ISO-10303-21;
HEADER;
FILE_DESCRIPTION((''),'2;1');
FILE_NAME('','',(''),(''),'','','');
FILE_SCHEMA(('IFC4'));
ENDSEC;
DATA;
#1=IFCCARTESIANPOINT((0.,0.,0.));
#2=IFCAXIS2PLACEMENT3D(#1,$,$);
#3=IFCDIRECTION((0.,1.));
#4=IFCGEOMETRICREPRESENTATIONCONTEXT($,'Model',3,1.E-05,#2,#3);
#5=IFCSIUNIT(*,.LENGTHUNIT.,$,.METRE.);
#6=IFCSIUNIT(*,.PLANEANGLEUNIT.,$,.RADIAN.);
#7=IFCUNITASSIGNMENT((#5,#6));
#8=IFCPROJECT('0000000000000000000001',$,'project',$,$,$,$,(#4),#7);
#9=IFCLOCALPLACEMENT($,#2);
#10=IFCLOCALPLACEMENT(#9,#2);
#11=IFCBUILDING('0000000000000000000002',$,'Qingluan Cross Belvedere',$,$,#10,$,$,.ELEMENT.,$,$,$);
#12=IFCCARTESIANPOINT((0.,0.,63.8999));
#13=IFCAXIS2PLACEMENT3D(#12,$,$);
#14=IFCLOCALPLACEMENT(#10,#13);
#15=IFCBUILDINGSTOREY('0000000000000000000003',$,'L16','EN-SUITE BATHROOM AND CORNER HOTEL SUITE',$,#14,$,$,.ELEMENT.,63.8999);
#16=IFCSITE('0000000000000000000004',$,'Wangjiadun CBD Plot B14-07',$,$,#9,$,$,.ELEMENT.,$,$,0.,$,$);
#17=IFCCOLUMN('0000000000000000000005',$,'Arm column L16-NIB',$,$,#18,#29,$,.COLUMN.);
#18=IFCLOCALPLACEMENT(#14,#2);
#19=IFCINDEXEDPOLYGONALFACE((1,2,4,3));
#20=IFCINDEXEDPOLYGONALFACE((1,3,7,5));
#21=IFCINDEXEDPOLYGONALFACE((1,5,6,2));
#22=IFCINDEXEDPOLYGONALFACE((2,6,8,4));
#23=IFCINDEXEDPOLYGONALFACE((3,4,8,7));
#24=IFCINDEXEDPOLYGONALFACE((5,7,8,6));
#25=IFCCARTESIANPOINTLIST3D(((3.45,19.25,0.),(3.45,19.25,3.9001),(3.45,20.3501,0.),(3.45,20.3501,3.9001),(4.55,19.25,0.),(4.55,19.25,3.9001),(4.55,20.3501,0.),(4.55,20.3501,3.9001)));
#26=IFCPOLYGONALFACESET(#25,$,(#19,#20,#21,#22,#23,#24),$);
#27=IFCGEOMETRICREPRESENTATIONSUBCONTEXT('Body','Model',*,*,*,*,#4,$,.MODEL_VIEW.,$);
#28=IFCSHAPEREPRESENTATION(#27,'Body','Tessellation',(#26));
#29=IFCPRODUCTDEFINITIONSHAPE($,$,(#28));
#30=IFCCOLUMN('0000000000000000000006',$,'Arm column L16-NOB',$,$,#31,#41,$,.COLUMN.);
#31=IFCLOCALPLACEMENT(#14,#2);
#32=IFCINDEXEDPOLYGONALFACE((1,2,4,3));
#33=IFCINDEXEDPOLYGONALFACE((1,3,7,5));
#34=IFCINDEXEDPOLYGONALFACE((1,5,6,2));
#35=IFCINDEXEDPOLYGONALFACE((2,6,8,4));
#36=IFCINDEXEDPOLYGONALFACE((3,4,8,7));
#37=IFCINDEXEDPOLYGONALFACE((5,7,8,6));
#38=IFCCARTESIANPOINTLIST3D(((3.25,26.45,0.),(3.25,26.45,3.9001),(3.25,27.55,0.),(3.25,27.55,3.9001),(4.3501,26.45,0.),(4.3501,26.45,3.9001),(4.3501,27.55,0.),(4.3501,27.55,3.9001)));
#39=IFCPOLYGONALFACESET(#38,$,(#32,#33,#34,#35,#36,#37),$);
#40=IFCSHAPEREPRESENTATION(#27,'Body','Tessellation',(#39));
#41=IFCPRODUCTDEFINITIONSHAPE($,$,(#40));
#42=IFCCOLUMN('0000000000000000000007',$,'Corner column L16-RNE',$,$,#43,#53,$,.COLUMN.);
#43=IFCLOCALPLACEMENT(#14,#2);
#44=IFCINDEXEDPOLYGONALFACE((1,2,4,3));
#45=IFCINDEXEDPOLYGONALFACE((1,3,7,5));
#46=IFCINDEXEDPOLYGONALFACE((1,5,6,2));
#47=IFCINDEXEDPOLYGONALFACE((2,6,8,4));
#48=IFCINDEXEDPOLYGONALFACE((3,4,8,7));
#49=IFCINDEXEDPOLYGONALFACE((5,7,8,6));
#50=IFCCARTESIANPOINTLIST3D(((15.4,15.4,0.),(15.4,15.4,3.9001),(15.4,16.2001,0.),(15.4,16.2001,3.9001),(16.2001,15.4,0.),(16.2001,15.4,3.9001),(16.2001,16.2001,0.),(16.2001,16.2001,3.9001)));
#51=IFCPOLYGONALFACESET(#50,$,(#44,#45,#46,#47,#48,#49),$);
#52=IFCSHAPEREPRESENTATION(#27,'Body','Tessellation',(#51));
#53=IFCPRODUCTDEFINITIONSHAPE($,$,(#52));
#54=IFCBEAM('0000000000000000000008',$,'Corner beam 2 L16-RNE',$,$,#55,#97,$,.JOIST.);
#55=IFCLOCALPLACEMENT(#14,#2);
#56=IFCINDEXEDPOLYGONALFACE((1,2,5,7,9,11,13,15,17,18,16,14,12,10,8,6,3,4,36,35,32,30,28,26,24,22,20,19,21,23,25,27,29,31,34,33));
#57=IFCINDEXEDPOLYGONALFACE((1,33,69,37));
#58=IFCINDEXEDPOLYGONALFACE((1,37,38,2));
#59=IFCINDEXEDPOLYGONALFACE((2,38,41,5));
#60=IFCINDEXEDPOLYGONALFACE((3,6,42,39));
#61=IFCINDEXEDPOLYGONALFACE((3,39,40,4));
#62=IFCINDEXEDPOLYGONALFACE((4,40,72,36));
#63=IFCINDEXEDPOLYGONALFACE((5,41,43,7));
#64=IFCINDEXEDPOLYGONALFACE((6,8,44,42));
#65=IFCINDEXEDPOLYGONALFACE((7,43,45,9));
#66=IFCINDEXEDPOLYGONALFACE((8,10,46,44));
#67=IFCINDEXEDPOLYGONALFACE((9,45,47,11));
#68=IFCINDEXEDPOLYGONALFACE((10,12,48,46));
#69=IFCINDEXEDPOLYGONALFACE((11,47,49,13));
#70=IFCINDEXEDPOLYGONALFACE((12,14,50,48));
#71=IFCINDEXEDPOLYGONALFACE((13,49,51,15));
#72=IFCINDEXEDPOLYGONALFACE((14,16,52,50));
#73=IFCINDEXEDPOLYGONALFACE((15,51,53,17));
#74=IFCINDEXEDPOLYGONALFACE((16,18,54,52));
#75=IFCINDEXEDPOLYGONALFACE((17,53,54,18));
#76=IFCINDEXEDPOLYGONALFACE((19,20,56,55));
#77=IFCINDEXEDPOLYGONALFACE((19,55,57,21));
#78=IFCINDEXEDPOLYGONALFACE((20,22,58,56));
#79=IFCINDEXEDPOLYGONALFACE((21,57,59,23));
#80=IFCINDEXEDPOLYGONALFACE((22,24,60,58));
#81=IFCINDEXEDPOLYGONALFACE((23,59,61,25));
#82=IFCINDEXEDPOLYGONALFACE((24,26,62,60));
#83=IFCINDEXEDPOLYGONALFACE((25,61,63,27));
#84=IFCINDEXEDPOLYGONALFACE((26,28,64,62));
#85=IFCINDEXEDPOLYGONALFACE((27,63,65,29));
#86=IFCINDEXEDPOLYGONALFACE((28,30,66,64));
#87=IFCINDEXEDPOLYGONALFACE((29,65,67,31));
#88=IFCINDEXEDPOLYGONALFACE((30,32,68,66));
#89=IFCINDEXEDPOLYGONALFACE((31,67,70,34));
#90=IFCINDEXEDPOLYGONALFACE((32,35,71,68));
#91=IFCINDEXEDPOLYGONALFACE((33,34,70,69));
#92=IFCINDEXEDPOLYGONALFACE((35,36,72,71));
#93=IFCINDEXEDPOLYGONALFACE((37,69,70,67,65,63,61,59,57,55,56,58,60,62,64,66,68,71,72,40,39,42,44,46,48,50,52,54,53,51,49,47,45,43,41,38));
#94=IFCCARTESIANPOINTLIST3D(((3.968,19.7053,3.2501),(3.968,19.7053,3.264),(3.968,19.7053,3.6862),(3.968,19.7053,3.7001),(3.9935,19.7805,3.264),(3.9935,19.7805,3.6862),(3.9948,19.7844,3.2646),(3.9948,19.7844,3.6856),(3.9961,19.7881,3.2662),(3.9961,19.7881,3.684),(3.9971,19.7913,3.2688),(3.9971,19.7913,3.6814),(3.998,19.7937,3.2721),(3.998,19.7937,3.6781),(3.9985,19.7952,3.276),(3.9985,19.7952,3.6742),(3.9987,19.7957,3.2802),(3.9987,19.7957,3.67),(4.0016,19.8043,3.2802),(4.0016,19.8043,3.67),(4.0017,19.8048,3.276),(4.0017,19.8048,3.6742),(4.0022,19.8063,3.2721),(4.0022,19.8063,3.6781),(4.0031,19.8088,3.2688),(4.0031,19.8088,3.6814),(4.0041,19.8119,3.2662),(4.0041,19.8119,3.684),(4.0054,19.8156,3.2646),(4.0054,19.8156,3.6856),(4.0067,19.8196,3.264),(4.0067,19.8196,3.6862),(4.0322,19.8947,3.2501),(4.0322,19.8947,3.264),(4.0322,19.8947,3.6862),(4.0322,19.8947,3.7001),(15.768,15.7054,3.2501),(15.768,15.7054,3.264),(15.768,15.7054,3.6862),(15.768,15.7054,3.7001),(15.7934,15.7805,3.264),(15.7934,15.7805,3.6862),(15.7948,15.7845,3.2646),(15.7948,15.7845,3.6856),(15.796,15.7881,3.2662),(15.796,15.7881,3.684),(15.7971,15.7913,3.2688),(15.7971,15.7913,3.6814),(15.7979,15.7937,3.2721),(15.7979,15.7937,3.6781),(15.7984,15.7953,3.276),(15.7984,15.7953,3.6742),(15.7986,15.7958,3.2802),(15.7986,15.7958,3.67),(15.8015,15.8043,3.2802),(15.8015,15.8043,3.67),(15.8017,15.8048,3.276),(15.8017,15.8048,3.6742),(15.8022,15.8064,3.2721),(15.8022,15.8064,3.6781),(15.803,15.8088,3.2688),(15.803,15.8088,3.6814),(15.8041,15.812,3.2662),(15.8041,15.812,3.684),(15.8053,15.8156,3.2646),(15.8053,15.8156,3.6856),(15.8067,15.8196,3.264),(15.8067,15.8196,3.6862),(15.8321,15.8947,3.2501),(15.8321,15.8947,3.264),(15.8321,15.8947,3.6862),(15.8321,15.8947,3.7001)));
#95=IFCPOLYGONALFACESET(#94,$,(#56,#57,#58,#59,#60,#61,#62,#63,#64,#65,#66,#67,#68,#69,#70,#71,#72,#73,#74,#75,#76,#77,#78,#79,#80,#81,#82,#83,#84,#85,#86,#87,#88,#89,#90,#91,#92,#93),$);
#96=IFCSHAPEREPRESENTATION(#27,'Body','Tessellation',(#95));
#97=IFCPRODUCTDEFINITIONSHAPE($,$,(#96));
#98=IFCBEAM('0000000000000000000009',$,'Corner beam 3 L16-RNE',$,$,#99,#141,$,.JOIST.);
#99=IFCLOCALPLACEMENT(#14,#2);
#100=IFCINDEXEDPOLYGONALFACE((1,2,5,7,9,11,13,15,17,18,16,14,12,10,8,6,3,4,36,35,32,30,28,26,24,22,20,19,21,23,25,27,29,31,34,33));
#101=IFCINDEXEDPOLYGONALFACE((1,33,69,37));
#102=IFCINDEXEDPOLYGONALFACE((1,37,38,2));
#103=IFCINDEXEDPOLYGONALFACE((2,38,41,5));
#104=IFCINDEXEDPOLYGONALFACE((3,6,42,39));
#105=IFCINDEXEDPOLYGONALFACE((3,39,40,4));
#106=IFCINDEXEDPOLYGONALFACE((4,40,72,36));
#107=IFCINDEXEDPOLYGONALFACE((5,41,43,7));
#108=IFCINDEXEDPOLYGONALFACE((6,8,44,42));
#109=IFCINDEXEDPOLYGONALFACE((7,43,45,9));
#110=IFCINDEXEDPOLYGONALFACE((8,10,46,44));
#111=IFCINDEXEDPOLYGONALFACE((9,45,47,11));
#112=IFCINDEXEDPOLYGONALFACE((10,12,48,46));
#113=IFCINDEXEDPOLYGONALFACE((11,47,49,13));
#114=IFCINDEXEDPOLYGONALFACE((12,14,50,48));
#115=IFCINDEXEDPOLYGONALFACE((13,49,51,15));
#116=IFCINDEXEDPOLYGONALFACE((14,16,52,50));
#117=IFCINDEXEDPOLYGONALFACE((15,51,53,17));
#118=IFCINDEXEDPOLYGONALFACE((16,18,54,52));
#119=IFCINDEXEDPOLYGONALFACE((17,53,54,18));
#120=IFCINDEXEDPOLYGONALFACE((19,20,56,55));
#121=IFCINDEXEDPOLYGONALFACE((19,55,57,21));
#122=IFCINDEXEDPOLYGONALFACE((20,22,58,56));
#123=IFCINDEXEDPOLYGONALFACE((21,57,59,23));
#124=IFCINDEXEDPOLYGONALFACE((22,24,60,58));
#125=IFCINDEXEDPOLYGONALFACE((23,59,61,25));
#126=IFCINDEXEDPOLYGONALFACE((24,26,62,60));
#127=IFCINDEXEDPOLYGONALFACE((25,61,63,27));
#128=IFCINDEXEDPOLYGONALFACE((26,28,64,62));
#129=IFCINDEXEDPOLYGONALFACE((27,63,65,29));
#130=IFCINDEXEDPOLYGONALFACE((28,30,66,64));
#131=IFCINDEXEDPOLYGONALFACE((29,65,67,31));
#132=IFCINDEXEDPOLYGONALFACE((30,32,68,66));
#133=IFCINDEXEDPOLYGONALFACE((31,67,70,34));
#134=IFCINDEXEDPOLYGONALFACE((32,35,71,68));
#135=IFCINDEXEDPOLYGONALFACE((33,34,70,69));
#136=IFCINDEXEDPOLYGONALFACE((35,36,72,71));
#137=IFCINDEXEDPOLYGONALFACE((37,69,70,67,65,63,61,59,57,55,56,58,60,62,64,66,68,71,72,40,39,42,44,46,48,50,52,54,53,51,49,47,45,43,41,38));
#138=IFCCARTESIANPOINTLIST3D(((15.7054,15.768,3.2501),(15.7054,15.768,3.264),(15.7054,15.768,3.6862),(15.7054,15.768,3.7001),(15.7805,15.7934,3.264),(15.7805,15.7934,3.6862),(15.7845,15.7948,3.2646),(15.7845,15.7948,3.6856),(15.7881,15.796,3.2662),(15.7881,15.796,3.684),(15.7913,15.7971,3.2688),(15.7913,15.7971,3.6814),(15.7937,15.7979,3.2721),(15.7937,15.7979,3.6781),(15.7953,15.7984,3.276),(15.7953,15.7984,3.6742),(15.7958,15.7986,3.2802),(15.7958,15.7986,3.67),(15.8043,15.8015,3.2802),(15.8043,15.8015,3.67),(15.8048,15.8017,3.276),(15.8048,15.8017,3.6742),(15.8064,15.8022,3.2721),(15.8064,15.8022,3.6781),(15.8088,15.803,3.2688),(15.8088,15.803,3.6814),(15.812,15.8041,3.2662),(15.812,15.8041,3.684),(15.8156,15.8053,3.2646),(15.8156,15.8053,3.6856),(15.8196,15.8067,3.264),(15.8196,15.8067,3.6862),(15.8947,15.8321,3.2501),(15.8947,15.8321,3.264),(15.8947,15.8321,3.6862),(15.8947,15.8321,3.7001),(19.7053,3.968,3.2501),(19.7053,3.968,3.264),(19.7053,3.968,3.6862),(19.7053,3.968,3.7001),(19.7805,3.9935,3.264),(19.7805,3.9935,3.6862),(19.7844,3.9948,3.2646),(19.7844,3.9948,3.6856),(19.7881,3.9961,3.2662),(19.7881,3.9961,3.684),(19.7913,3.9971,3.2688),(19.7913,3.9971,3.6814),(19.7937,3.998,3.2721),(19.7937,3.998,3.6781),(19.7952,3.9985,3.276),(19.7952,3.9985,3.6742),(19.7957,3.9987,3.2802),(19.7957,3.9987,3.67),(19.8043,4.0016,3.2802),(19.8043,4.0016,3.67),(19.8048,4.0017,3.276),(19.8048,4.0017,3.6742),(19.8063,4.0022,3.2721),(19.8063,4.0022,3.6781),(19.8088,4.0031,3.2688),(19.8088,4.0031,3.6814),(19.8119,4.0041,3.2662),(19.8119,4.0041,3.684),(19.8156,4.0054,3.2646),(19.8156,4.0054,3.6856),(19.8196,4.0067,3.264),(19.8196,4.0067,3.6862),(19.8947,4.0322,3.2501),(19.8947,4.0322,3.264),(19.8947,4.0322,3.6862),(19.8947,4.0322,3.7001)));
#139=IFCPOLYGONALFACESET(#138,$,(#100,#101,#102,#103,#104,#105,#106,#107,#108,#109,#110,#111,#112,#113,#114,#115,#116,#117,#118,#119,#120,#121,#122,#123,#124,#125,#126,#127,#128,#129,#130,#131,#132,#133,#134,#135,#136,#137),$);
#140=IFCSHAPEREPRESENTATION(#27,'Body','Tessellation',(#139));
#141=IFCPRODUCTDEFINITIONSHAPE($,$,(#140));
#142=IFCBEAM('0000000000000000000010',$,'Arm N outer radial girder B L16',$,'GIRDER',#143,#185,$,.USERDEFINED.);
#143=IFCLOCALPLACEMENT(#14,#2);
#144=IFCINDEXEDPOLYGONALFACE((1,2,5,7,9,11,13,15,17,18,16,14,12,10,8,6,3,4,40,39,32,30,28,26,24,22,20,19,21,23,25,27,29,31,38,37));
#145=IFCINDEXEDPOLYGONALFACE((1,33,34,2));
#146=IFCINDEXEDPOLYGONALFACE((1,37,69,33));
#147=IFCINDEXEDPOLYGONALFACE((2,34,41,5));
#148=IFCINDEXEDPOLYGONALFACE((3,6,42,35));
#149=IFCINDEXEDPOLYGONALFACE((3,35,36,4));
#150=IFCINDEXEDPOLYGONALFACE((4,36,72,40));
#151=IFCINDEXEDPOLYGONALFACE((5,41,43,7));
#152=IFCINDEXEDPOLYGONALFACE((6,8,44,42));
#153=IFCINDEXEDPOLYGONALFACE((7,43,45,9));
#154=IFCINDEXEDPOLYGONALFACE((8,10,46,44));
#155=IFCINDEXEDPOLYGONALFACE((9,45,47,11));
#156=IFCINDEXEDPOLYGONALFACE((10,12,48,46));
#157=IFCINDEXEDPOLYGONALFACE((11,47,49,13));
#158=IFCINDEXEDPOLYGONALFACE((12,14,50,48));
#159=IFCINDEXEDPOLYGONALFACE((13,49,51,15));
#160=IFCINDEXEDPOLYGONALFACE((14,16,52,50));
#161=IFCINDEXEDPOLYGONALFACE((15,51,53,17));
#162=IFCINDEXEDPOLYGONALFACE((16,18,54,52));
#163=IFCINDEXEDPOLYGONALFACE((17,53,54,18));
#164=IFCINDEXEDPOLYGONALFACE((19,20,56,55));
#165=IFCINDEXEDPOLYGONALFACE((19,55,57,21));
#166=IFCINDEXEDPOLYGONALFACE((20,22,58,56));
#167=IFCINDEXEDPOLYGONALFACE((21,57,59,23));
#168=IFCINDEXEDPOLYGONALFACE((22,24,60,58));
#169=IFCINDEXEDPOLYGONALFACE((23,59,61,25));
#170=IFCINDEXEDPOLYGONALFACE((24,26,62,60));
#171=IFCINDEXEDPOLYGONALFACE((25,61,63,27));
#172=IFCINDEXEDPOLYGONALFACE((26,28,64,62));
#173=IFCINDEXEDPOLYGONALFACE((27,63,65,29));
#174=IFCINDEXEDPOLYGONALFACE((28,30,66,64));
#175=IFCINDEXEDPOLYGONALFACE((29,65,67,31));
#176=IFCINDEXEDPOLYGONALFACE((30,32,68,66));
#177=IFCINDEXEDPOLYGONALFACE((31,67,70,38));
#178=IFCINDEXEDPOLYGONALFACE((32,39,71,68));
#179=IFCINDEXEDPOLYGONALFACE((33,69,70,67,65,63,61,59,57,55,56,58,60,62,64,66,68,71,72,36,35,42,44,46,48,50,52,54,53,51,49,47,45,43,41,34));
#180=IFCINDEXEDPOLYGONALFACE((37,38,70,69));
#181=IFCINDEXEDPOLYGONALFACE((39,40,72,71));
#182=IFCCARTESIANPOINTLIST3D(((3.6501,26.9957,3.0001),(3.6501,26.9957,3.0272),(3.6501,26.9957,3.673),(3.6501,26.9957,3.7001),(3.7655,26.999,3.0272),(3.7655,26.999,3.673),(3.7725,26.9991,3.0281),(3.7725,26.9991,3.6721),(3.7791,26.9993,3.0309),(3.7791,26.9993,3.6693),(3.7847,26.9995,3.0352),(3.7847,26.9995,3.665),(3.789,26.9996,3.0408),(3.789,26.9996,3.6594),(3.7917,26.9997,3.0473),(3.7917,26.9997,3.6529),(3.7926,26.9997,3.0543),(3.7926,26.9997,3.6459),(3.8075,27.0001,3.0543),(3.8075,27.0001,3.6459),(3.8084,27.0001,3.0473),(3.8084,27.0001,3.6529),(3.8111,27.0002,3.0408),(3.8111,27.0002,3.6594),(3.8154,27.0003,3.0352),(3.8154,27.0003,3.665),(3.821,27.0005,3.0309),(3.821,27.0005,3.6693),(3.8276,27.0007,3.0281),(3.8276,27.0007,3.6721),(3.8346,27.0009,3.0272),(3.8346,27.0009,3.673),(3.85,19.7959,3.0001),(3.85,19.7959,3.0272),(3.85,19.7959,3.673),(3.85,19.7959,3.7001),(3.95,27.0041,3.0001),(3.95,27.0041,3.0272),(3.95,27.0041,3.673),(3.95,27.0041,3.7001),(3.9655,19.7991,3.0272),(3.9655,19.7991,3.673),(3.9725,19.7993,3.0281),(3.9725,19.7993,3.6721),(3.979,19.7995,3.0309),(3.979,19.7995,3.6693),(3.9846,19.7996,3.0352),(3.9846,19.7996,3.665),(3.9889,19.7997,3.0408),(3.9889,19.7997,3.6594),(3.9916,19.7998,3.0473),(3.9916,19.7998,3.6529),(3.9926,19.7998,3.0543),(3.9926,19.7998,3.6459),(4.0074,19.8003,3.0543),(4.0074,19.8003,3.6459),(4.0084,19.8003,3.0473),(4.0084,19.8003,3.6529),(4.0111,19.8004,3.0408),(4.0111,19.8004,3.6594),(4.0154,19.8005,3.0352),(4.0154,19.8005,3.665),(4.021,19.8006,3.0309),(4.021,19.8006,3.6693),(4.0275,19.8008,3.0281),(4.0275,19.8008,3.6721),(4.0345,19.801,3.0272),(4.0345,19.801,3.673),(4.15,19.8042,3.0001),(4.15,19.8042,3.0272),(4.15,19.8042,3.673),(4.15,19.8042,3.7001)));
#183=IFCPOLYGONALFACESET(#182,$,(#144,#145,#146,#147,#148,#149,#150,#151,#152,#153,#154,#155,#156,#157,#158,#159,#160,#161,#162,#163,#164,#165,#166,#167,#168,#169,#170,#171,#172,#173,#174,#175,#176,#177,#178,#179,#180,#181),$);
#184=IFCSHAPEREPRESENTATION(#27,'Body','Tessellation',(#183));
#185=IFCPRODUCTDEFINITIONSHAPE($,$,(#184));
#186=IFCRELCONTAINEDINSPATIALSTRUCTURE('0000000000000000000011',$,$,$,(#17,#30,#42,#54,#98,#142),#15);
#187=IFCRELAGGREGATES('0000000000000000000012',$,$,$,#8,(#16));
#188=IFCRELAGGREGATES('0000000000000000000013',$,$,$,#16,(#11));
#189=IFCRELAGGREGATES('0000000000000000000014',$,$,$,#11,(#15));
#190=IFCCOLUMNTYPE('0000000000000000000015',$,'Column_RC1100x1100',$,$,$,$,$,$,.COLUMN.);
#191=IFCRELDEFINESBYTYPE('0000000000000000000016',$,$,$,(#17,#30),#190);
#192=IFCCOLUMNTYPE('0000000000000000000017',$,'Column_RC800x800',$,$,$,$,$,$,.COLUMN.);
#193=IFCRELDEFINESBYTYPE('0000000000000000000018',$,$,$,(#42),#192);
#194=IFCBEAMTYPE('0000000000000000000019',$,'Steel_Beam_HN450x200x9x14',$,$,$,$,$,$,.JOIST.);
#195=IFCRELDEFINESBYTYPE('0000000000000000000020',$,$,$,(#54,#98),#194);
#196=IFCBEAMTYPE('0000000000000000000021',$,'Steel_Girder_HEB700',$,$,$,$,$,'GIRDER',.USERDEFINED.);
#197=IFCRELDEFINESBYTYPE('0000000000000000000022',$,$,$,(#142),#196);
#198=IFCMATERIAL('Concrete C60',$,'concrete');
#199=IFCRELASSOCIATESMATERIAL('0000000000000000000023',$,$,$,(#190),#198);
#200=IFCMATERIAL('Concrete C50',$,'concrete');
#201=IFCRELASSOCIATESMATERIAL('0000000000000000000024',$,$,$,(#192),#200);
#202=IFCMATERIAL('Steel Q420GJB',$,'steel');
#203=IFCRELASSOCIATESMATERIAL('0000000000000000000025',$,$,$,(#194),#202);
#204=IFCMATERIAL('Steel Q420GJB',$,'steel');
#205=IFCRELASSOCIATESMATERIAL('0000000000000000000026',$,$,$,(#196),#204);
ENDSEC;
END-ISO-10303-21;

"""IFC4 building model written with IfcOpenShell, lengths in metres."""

from ifc_helpers import new_model, si_unit, direction, frame, origin, origin_2d, place, context, subcontext, project, spatial, rectangle, i_section, extrude, material, material_profile, profile_set, type_object, element, save


model = new_model("IFC4")

# Units and contexts
model_context = context("Model", 3, precision=1e-05, world=origin(), true_north=direction((0.0, 1.0)))
body_context = subcontext(model_context, "Body", "Model", "MODEL_VIEW")
ifc_project = project(units=[si_unit("LENGTHUNIT", "METRE"), si_unit("PLANEANGLEUNIT", "RADIAN")], contexts=[model_context])

# Site, building, storey
site_placement = place(None, origin())
site = spatial("IfcSite", under=ifc_project, at=site_placement, Name="Wangjiadun CBD Plot B14-07", CompositionType="ELEMENT", RefElevation=0.0)
building_placement = place(site_placement, origin())
building = spatial("IfcBuilding", under=site, at=building_placement, Name="Qingluan Cross Belvedere", CompositionType="ELEMENT")
storey_placement = place(building_placement, frame((0.0, 0.0, 63.8999)))
storey = spatial("IfcBuildingStorey", under=building, at=storey_placement, Name="L16", Description="EN-SUITE BATHROOM AND CORNER HOTEL SUITE", CompositionType="ELEMENT", Elevation=63.8999)

# Columns
ifc_material_1 = material(Name="Concrete C60", Category="concrete")
ifc_material_profile_1 = material_profile(ifc_material_1, rectangle(XDim=1.1001, YDim=1.1001, at=origin_2d()), Name="RC1100x1100")
ifc_profile_set_1 = profile_set([ifc_material_profile_1], Name="Concrete C60")
column_type_1 = type_object("IfcColumnType", Name="Column_RC1100x1100", PredefinedType="COLUMN", material=ifc_profile_set_1)
for number, where, z_axis, x_axis, name in (
    (1, (4.0, 19.8, 0.0), (0.0, 0.0, 1.0), (1.0, 0.0, 0.0), "Arm column L16-NIB"),
    (2, (3.8, 27.0, 0.0), (0.0, 0.0, 1.0), (1.0, 0.0, 0.0), "Arm column L16-NOB"),
):
    element("IfcColumn", number, at=place(storey_placement, frame(where, z_axis=z_axis, x_axis=x_axis)), inside=storey, type_object=column_type_1, Name=name, PredefinedType="COLUMN", context=body_context, shape_type="SweptSolid", body=[
        extrude(rectangle(XDim=1.1001, YDim=1.1001, at=origin_2d()), origin(), (0.0, 0.0, 1.0), 3.9001),
    ])
ifc_material_2 = material(Name="Concrete C50", Category="concrete")
ifc_material_profile_2 = material_profile(ifc_material_2, rectangle(XDim=0.8, YDim=0.8, at=origin_2d()), Name="RC800x800")
ifc_profile_set_2 = profile_set([ifc_material_profile_2], Name="Concrete C50")
column_type_2 = type_object("IfcColumnType", Name="Column_RC800x800", PredefinedType="COLUMN", material=ifc_profile_set_2)
column_placement = place(storey_placement, frame((15.8, 15.8, 0.0), z_axis=(0.0, 0.0, 1.0), x_axis=(1.0, 0.0, 0.0)))
element("IfcColumn", 3, at=column_placement, inside=storey, type_object=column_type_2, Name="Corner column L16-RNE", PredefinedType="COLUMN", context=body_context, shape_type="SweptSolid", body=[
    extrude(rectangle(XDim=0.8, YDim=0.8, at=origin_2d()), origin(), (0.0, 0.0, 1.0), 3.9001),
])

# Beams
ifc_material_3 = material(Name="Steel Q420GJB", Category="steel")
ifc_material_profile_3 = material_profile(ifc_material_3, i_section(OverallWidth=0.2, OverallDepth=0.45, WebThickness=0.009, FlangeThickness=0.0139, FilletRadius=0.0161, at=origin_2d()), Name="HN450x200x9x14")
ifc_profile_set_3 = profile_set([ifc_material_profile_3], Name="Steel Q420GJB")
beam_type_1 = type_object("IfcBeamType", Name="Steel_Beam_HN450x200x9x14", PredefinedType="JOIST", material=ifc_profile_set_3)
for number, where, z_axis, x_axis, name in (
    (4, (15.8, 15.8, 3.4751), (-0.947066, 0.321038, 0.0), (-0.321038, -0.947066, 0.0), "Corner beam 2 L16-RNE"),
    (5, (15.8, 15.8, 3.4751), (0.321038, -0.947066, 0.0), (0.947066, 0.321038, 0.0), "Corner beam 3 L16-RNE"),
):
    element("IfcBeam", number, at=place(storey_placement, frame(where, z_axis=z_axis, x_axis=x_axis)), inside=storey, type_object=beam_type_1, Name=name, PredefinedType="JOIST", context=body_context, shape_type="SweptSolid", body=[
        extrude(i_section(OverallWidth=0.2, OverallDepth=0.45, WebThickness=0.009, FlangeThickness=0.0139, FilletRadius=0.0161, at=origin_2d()), origin(), (0.0, 0.0, 1.0), 12.4595),
    ])
ifc_material_4 = material(Name="Steel Q420GJB", Category="steel")
ifc_material_profile_4 = material_profile(ifc_material_4, i_section(OverallWidth=0.3, OverallDepth=0.7, WebThickness=0.0149, FlangeThickness=0.0271, FilletRadius=0.0271, at=origin_2d()), Name="HEB700")
ifc_profile_set_4 = profile_set([ifc_material_profile_4], Name="Steel Q420GJB")
beam_type_2 = type_object("IfcBeamType", Name="Steel_Girder_HEB700", ElementType="GIRDER", PredefinedType="USERDEFINED", material=ifc_profile_set_4)
beam_placement = place(storey_placement, frame((4.0, 19.8, 3.3501), z_axis=(-0.02776, 0.999615, 0.0), x_axis=(-0.999615, -0.02776, 0.0)))
element("IfcBeam", 6, at=beam_placement, inside=storey, type_object=beam_type_2, Name="Arm N outer radial girder B L16", ObjectType="GIRDER", PredefinedType="USERDEFINED", context=body_context, shape_type="SweptSolid", body=[
    extrude(i_section(OverallWidth=0.3, OverallDepth=0.7, WebThickness=0.0149, FlangeThickness=0.0271, FilletRadius=0.0271, at=origin_2d()), origin(), (0.0, 0.0, 1.0), 7.2026),
])

save(model, "model.ifc")
